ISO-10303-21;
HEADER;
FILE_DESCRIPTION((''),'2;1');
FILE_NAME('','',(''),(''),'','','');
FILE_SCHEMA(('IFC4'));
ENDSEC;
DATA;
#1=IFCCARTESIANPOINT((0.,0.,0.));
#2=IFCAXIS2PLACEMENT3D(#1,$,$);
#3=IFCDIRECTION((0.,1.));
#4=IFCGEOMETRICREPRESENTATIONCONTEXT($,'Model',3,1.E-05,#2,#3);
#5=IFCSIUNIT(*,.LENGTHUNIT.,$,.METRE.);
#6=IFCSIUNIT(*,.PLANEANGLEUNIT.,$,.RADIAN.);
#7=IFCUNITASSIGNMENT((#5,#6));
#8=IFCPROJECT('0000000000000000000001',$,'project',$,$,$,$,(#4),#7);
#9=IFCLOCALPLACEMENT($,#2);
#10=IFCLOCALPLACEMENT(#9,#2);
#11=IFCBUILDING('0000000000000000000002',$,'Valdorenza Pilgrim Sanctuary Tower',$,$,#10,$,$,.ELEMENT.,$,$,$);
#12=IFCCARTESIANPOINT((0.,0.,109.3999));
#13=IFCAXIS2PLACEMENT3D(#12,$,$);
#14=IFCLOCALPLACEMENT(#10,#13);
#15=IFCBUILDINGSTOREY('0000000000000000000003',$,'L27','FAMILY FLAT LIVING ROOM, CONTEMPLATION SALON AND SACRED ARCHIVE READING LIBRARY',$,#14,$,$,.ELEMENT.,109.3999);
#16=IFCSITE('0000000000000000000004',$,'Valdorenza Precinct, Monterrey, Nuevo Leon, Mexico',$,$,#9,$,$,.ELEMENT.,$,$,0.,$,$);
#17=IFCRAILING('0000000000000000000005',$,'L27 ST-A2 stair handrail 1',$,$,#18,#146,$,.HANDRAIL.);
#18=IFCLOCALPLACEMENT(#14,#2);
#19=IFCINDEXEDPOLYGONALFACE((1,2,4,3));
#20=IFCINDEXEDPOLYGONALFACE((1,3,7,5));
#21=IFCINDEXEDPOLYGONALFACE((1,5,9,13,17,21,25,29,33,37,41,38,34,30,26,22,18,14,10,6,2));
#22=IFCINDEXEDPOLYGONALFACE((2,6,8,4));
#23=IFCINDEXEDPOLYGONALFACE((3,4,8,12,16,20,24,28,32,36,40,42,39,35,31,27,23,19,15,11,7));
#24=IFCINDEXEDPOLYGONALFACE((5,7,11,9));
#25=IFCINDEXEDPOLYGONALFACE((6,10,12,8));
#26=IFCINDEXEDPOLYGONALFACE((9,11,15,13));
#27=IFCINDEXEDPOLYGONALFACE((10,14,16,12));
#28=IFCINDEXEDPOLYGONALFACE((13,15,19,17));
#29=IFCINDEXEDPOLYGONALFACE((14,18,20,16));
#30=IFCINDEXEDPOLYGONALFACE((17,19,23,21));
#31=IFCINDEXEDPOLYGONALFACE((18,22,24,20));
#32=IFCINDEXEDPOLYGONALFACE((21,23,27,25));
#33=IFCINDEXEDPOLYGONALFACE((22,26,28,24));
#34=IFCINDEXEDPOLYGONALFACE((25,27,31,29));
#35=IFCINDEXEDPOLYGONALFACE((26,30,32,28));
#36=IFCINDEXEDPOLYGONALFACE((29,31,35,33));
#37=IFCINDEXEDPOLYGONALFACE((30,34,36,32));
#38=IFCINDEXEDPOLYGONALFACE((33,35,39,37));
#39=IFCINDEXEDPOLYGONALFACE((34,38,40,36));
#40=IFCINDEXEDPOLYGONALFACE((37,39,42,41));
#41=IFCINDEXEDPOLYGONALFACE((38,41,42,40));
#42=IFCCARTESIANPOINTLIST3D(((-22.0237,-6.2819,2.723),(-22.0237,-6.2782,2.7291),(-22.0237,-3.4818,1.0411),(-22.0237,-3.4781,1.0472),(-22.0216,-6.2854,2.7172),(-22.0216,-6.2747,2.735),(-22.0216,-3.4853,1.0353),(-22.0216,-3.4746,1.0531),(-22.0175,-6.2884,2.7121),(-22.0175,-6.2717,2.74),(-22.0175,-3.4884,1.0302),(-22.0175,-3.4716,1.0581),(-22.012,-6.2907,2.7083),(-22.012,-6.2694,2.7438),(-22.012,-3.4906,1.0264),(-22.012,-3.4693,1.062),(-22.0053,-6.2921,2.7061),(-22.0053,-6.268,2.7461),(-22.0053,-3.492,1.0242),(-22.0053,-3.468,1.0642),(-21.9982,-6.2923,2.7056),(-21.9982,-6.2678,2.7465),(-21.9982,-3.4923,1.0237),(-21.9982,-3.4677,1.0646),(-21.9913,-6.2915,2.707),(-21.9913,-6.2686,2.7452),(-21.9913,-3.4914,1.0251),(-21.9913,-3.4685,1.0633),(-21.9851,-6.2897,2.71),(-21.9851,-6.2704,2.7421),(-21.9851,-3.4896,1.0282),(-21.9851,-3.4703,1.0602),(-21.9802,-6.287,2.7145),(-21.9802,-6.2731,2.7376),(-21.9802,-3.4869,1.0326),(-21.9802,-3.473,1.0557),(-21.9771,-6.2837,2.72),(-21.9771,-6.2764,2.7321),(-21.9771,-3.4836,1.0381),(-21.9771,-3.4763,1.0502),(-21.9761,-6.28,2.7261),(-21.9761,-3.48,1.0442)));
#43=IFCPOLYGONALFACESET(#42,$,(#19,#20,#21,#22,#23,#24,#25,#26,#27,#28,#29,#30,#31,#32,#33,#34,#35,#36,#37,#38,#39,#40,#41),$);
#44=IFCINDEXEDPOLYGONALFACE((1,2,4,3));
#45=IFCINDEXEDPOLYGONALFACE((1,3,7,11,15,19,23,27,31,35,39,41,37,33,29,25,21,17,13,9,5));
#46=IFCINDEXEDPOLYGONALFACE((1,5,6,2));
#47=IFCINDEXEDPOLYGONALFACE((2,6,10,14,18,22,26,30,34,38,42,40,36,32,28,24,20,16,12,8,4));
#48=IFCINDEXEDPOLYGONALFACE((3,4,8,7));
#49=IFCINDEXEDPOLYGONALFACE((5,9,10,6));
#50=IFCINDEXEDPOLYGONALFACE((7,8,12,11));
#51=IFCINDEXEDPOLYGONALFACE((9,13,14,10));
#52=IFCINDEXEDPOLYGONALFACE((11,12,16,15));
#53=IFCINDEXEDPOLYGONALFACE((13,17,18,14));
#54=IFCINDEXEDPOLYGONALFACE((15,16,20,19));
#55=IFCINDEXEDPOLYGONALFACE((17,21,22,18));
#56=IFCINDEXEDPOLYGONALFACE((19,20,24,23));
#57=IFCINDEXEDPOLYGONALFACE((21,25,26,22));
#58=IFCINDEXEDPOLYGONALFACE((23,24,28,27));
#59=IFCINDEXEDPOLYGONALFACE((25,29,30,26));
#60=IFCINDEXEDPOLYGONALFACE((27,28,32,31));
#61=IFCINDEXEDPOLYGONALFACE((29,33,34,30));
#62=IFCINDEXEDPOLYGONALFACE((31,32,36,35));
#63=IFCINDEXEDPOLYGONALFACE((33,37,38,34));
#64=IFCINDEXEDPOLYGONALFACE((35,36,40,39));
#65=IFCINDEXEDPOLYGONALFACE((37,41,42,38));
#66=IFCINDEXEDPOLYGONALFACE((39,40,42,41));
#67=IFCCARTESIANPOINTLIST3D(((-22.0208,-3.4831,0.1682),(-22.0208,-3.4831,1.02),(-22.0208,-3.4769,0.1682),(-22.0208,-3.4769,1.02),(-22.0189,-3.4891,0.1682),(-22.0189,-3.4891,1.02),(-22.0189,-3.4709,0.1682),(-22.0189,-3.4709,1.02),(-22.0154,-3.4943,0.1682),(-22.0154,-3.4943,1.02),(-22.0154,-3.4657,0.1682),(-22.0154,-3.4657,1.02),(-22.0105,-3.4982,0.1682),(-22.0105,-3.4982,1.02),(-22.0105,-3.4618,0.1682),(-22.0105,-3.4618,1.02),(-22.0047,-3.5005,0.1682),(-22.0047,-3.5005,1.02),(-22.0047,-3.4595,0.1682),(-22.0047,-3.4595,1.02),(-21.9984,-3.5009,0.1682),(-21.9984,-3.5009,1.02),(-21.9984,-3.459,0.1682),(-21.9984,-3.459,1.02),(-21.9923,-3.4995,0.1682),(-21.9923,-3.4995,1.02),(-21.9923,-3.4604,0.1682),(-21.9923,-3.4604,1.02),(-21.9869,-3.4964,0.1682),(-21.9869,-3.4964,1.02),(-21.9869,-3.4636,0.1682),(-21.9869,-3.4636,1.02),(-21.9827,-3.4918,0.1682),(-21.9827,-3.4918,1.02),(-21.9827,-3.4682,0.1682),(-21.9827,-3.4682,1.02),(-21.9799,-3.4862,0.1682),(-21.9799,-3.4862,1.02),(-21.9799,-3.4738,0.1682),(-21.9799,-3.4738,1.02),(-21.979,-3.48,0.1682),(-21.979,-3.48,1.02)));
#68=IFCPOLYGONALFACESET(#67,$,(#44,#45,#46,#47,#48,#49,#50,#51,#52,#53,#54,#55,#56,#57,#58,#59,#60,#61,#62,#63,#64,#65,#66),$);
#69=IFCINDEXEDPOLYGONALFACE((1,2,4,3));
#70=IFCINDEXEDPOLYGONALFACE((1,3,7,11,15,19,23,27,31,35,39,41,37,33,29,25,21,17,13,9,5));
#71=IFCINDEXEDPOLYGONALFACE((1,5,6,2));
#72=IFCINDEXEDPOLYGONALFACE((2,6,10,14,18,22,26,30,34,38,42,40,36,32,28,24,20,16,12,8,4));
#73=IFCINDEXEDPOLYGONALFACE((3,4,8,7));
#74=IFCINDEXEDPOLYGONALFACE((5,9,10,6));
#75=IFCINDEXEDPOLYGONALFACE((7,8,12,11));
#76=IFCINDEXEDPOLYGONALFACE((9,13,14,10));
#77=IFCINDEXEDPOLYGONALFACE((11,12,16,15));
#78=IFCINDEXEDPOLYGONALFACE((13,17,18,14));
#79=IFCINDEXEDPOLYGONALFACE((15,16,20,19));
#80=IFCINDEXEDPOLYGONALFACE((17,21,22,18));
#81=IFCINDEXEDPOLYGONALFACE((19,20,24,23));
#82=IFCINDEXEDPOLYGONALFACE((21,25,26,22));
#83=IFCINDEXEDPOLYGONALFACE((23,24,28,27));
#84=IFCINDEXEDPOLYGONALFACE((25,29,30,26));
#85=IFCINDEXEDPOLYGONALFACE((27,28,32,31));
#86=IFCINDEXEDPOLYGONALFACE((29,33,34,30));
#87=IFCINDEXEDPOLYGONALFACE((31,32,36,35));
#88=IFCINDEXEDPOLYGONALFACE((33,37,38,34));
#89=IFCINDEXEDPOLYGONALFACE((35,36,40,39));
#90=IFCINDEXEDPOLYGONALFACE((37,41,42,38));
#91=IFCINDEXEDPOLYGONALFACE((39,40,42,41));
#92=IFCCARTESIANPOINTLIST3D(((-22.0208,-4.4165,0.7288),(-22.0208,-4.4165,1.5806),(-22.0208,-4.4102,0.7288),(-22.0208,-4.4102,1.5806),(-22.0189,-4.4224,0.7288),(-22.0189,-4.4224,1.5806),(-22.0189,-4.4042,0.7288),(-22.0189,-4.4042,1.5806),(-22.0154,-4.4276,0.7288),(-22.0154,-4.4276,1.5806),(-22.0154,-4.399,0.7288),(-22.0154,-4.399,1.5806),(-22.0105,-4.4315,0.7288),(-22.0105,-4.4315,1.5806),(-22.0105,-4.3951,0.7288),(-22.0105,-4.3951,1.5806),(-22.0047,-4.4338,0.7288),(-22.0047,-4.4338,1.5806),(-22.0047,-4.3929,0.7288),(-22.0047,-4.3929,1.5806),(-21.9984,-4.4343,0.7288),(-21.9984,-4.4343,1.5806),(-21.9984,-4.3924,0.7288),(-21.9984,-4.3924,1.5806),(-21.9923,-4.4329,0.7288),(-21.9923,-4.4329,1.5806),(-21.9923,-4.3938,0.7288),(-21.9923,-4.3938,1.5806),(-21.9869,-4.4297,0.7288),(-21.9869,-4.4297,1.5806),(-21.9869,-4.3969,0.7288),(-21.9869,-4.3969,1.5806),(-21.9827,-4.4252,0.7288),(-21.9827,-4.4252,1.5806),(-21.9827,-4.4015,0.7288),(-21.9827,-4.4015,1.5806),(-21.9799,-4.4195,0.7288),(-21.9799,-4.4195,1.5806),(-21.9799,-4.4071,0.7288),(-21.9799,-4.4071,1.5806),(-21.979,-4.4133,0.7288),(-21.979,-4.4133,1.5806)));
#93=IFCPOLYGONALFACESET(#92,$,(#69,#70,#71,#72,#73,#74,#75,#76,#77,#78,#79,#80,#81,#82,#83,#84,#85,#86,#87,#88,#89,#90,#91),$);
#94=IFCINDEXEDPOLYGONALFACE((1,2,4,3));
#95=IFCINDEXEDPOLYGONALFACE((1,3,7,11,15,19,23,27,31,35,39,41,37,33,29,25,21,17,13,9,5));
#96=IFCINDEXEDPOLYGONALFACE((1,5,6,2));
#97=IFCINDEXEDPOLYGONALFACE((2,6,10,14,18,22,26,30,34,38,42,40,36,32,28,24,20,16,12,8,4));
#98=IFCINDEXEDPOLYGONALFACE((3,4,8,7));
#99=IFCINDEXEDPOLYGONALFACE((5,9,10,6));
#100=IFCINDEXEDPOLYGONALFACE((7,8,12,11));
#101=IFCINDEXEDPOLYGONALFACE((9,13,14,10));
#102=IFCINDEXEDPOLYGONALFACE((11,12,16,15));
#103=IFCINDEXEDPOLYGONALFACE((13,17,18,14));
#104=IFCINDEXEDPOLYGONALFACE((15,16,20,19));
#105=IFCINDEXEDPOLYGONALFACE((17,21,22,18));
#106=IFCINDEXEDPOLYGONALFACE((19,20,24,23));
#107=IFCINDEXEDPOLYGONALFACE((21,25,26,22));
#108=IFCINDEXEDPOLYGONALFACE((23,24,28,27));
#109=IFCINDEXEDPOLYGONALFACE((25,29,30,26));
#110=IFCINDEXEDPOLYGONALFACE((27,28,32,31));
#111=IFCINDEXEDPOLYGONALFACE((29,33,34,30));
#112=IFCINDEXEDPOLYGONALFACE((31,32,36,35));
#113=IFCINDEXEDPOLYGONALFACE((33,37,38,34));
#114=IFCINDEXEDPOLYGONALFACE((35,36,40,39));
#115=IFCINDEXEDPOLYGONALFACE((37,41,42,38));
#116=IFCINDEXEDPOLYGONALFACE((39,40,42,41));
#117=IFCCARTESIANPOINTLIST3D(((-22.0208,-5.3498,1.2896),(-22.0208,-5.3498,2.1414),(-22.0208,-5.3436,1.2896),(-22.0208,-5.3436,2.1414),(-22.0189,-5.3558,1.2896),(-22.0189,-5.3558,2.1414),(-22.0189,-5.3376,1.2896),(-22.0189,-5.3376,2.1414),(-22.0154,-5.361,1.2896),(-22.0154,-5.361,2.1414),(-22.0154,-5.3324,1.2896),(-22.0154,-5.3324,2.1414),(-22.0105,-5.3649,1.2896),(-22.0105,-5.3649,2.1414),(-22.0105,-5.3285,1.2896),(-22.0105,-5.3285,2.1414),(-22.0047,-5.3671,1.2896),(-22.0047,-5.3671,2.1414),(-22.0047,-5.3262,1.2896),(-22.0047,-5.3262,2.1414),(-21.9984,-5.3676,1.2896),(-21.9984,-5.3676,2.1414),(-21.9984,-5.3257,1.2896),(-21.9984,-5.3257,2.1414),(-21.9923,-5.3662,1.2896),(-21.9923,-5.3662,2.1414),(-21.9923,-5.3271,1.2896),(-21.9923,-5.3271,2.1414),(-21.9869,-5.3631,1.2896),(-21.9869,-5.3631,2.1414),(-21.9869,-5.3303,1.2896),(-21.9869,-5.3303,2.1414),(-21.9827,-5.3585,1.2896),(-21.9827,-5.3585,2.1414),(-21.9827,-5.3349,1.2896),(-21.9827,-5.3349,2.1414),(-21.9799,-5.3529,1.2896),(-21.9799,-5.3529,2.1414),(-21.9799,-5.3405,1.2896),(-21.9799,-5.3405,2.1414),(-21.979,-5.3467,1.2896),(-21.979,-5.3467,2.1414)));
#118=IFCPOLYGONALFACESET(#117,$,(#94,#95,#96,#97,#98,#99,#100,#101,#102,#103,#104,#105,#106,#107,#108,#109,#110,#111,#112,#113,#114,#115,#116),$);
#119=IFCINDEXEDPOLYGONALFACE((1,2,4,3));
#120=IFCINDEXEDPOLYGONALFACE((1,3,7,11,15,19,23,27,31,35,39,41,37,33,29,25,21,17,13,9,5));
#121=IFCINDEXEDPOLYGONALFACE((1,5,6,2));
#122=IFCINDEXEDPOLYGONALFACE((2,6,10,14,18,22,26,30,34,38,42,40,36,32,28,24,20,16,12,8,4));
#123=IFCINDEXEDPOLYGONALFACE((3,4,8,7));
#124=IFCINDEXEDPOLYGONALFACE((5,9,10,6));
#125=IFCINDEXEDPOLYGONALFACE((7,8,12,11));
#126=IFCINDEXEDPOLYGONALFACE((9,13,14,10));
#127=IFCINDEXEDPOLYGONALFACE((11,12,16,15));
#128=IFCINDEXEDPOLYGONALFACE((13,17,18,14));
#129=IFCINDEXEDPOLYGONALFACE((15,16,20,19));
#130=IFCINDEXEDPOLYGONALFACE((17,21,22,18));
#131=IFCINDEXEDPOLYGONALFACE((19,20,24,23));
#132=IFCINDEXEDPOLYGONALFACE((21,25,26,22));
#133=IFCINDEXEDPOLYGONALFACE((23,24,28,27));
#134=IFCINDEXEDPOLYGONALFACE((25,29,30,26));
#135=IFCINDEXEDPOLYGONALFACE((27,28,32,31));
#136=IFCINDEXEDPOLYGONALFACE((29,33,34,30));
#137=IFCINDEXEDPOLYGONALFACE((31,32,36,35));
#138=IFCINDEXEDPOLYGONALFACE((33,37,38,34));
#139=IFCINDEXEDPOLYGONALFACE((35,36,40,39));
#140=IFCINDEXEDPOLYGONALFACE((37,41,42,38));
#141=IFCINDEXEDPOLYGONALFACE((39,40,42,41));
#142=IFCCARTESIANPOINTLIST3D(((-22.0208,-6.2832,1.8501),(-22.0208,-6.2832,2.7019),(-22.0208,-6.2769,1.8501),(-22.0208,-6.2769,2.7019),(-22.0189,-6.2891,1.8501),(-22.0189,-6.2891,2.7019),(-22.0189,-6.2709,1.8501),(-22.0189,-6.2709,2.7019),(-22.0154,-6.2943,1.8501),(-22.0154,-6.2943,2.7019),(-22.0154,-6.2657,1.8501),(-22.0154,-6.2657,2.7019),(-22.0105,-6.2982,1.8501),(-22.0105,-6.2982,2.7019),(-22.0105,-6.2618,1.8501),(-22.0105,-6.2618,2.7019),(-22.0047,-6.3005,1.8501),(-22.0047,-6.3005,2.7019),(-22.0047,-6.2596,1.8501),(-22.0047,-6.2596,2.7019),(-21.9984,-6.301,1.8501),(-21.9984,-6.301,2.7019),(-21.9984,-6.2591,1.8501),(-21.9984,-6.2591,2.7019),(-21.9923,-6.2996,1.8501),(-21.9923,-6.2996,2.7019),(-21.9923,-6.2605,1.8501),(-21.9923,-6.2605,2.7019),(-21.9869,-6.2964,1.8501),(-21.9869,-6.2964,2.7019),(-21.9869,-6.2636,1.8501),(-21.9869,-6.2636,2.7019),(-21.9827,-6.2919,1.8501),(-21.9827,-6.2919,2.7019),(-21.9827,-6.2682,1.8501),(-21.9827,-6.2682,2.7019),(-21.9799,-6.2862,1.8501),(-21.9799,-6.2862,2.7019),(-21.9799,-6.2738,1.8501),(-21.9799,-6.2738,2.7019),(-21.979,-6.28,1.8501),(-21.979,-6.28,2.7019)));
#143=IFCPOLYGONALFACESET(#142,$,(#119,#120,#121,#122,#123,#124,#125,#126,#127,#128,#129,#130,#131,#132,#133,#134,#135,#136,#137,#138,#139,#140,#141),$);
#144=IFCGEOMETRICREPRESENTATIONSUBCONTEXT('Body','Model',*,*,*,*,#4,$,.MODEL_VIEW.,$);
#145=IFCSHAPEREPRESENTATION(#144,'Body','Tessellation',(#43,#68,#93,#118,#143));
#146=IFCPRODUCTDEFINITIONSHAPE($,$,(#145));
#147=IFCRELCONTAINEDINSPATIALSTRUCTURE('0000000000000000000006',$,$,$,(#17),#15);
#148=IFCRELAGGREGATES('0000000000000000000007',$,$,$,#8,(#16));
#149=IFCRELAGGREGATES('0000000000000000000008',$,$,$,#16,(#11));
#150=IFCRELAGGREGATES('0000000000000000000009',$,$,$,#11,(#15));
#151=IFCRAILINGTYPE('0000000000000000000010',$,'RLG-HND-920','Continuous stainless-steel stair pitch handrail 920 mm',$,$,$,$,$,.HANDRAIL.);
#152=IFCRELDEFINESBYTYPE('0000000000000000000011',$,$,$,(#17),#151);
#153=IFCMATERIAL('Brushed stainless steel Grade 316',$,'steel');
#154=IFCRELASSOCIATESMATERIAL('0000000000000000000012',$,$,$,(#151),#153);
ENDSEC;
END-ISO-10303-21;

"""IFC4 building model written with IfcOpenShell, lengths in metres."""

from ifc_helpers import new_model, si_unit, direction, frame, origin, origin_2d, place, context, subcontext, project, spatial, circle, extrude, material, type_object, element, save


model = new_model("IFC4")

# Units and contexts
model_context = context("Model", 3, precision=1e-05, world=origin(), true_north=direction((0.0, 1.0)))
body_context = subcontext(model_context, "Body", "Model", "MODEL_VIEW")
ifc_project = project(units=[si_unit("LENGTHUNIT", "METRE"), si_unit("PLANEANGLEUNIT", "RADIAN")], contexts=[model_context])

# Site, building, storey
site_placement = place(None, origin())
site = spatial("IfcSite", under=ifc_project, at=site_placement, Name="Valdorenza Precinct, Monterrey, Nuevo Leon, Mexico", CompositionType="ELEMENT", RefElevation=0.0)
building_placement = place(site_placement, origin())
building = spatial("IfcBuilding", under=site, at=building_placement, Name="Valdorenza Pilgrim Sanctuary Tower", CompositionType="ELEMENT")
storey_placement = place(building_placement, frame((0.0, 0.0, 109.3999)))
storey = spatial("IfcBuildingStorey", under=building, at=storey_placement, Name="L27", Description="FAMILY FLAT LIVING ROOM, CONTEMPLATION SALON AND SACRED ARCHIVE READING LIBRARY", CompositionType="ELEMENT", Elevation=109.3999)

# Shared definitions
ifc_material_1 = material(Name="Brushed stainless steel Grade 316", Category="steel")

# Railing
railing_type_1 = type_object("IfcRailingType", Name="RLG-HND-920", Description="Continuous stainless-steel stair pitch handrail 920 mm", PredefinedType="HANDRAIL", material=ifc_material_1)
railing_1_placement = place(storey_placement, frame((-22.0, -3.48, 0.1682)))
element("IfcRailing", 1, at=railing_1_placement, inside=storey, type_object=railing_type_1, Name="L27 ST-A2 stair handrail 1", PredefinedType="HANDRAIL", context=body_context, shape_type="SweptSolid", body=[
    extrude(circle(Radius=0.0239, at=origin_2d()), frame((0.0, 0.0, 0.876), z_axis=(0.0, -0.857242, 0.514913), x_axis=(1.0, 0.0, 0.0)), (0.0, 0.0, 1.0), 3.2664),
    extrude(circle(Radius=0.021, at=origin_2d()), origin(), (0.0, 0.0, 1.0), 0.8518),
    extrude(circle(Radius=0.021, at=origin_2d()), frame((0.0, -0.9333, 0.5605)), (0.0, 0.0, 1.0), 0.8518),
    extrude(circle(Radius=0.021, at=origin_2d()), frame((0.0, -1.8667, 1.1213)), (0.0, 0.0, 1.0), 0.8518),
    extrude(circle(Radius=0.021, at=origin_2d()), frame((0.0, -2.8, 1.6819)), (0.0, 0.0, 1.0), 0.8518),
])

save(model, "model.ifc")
